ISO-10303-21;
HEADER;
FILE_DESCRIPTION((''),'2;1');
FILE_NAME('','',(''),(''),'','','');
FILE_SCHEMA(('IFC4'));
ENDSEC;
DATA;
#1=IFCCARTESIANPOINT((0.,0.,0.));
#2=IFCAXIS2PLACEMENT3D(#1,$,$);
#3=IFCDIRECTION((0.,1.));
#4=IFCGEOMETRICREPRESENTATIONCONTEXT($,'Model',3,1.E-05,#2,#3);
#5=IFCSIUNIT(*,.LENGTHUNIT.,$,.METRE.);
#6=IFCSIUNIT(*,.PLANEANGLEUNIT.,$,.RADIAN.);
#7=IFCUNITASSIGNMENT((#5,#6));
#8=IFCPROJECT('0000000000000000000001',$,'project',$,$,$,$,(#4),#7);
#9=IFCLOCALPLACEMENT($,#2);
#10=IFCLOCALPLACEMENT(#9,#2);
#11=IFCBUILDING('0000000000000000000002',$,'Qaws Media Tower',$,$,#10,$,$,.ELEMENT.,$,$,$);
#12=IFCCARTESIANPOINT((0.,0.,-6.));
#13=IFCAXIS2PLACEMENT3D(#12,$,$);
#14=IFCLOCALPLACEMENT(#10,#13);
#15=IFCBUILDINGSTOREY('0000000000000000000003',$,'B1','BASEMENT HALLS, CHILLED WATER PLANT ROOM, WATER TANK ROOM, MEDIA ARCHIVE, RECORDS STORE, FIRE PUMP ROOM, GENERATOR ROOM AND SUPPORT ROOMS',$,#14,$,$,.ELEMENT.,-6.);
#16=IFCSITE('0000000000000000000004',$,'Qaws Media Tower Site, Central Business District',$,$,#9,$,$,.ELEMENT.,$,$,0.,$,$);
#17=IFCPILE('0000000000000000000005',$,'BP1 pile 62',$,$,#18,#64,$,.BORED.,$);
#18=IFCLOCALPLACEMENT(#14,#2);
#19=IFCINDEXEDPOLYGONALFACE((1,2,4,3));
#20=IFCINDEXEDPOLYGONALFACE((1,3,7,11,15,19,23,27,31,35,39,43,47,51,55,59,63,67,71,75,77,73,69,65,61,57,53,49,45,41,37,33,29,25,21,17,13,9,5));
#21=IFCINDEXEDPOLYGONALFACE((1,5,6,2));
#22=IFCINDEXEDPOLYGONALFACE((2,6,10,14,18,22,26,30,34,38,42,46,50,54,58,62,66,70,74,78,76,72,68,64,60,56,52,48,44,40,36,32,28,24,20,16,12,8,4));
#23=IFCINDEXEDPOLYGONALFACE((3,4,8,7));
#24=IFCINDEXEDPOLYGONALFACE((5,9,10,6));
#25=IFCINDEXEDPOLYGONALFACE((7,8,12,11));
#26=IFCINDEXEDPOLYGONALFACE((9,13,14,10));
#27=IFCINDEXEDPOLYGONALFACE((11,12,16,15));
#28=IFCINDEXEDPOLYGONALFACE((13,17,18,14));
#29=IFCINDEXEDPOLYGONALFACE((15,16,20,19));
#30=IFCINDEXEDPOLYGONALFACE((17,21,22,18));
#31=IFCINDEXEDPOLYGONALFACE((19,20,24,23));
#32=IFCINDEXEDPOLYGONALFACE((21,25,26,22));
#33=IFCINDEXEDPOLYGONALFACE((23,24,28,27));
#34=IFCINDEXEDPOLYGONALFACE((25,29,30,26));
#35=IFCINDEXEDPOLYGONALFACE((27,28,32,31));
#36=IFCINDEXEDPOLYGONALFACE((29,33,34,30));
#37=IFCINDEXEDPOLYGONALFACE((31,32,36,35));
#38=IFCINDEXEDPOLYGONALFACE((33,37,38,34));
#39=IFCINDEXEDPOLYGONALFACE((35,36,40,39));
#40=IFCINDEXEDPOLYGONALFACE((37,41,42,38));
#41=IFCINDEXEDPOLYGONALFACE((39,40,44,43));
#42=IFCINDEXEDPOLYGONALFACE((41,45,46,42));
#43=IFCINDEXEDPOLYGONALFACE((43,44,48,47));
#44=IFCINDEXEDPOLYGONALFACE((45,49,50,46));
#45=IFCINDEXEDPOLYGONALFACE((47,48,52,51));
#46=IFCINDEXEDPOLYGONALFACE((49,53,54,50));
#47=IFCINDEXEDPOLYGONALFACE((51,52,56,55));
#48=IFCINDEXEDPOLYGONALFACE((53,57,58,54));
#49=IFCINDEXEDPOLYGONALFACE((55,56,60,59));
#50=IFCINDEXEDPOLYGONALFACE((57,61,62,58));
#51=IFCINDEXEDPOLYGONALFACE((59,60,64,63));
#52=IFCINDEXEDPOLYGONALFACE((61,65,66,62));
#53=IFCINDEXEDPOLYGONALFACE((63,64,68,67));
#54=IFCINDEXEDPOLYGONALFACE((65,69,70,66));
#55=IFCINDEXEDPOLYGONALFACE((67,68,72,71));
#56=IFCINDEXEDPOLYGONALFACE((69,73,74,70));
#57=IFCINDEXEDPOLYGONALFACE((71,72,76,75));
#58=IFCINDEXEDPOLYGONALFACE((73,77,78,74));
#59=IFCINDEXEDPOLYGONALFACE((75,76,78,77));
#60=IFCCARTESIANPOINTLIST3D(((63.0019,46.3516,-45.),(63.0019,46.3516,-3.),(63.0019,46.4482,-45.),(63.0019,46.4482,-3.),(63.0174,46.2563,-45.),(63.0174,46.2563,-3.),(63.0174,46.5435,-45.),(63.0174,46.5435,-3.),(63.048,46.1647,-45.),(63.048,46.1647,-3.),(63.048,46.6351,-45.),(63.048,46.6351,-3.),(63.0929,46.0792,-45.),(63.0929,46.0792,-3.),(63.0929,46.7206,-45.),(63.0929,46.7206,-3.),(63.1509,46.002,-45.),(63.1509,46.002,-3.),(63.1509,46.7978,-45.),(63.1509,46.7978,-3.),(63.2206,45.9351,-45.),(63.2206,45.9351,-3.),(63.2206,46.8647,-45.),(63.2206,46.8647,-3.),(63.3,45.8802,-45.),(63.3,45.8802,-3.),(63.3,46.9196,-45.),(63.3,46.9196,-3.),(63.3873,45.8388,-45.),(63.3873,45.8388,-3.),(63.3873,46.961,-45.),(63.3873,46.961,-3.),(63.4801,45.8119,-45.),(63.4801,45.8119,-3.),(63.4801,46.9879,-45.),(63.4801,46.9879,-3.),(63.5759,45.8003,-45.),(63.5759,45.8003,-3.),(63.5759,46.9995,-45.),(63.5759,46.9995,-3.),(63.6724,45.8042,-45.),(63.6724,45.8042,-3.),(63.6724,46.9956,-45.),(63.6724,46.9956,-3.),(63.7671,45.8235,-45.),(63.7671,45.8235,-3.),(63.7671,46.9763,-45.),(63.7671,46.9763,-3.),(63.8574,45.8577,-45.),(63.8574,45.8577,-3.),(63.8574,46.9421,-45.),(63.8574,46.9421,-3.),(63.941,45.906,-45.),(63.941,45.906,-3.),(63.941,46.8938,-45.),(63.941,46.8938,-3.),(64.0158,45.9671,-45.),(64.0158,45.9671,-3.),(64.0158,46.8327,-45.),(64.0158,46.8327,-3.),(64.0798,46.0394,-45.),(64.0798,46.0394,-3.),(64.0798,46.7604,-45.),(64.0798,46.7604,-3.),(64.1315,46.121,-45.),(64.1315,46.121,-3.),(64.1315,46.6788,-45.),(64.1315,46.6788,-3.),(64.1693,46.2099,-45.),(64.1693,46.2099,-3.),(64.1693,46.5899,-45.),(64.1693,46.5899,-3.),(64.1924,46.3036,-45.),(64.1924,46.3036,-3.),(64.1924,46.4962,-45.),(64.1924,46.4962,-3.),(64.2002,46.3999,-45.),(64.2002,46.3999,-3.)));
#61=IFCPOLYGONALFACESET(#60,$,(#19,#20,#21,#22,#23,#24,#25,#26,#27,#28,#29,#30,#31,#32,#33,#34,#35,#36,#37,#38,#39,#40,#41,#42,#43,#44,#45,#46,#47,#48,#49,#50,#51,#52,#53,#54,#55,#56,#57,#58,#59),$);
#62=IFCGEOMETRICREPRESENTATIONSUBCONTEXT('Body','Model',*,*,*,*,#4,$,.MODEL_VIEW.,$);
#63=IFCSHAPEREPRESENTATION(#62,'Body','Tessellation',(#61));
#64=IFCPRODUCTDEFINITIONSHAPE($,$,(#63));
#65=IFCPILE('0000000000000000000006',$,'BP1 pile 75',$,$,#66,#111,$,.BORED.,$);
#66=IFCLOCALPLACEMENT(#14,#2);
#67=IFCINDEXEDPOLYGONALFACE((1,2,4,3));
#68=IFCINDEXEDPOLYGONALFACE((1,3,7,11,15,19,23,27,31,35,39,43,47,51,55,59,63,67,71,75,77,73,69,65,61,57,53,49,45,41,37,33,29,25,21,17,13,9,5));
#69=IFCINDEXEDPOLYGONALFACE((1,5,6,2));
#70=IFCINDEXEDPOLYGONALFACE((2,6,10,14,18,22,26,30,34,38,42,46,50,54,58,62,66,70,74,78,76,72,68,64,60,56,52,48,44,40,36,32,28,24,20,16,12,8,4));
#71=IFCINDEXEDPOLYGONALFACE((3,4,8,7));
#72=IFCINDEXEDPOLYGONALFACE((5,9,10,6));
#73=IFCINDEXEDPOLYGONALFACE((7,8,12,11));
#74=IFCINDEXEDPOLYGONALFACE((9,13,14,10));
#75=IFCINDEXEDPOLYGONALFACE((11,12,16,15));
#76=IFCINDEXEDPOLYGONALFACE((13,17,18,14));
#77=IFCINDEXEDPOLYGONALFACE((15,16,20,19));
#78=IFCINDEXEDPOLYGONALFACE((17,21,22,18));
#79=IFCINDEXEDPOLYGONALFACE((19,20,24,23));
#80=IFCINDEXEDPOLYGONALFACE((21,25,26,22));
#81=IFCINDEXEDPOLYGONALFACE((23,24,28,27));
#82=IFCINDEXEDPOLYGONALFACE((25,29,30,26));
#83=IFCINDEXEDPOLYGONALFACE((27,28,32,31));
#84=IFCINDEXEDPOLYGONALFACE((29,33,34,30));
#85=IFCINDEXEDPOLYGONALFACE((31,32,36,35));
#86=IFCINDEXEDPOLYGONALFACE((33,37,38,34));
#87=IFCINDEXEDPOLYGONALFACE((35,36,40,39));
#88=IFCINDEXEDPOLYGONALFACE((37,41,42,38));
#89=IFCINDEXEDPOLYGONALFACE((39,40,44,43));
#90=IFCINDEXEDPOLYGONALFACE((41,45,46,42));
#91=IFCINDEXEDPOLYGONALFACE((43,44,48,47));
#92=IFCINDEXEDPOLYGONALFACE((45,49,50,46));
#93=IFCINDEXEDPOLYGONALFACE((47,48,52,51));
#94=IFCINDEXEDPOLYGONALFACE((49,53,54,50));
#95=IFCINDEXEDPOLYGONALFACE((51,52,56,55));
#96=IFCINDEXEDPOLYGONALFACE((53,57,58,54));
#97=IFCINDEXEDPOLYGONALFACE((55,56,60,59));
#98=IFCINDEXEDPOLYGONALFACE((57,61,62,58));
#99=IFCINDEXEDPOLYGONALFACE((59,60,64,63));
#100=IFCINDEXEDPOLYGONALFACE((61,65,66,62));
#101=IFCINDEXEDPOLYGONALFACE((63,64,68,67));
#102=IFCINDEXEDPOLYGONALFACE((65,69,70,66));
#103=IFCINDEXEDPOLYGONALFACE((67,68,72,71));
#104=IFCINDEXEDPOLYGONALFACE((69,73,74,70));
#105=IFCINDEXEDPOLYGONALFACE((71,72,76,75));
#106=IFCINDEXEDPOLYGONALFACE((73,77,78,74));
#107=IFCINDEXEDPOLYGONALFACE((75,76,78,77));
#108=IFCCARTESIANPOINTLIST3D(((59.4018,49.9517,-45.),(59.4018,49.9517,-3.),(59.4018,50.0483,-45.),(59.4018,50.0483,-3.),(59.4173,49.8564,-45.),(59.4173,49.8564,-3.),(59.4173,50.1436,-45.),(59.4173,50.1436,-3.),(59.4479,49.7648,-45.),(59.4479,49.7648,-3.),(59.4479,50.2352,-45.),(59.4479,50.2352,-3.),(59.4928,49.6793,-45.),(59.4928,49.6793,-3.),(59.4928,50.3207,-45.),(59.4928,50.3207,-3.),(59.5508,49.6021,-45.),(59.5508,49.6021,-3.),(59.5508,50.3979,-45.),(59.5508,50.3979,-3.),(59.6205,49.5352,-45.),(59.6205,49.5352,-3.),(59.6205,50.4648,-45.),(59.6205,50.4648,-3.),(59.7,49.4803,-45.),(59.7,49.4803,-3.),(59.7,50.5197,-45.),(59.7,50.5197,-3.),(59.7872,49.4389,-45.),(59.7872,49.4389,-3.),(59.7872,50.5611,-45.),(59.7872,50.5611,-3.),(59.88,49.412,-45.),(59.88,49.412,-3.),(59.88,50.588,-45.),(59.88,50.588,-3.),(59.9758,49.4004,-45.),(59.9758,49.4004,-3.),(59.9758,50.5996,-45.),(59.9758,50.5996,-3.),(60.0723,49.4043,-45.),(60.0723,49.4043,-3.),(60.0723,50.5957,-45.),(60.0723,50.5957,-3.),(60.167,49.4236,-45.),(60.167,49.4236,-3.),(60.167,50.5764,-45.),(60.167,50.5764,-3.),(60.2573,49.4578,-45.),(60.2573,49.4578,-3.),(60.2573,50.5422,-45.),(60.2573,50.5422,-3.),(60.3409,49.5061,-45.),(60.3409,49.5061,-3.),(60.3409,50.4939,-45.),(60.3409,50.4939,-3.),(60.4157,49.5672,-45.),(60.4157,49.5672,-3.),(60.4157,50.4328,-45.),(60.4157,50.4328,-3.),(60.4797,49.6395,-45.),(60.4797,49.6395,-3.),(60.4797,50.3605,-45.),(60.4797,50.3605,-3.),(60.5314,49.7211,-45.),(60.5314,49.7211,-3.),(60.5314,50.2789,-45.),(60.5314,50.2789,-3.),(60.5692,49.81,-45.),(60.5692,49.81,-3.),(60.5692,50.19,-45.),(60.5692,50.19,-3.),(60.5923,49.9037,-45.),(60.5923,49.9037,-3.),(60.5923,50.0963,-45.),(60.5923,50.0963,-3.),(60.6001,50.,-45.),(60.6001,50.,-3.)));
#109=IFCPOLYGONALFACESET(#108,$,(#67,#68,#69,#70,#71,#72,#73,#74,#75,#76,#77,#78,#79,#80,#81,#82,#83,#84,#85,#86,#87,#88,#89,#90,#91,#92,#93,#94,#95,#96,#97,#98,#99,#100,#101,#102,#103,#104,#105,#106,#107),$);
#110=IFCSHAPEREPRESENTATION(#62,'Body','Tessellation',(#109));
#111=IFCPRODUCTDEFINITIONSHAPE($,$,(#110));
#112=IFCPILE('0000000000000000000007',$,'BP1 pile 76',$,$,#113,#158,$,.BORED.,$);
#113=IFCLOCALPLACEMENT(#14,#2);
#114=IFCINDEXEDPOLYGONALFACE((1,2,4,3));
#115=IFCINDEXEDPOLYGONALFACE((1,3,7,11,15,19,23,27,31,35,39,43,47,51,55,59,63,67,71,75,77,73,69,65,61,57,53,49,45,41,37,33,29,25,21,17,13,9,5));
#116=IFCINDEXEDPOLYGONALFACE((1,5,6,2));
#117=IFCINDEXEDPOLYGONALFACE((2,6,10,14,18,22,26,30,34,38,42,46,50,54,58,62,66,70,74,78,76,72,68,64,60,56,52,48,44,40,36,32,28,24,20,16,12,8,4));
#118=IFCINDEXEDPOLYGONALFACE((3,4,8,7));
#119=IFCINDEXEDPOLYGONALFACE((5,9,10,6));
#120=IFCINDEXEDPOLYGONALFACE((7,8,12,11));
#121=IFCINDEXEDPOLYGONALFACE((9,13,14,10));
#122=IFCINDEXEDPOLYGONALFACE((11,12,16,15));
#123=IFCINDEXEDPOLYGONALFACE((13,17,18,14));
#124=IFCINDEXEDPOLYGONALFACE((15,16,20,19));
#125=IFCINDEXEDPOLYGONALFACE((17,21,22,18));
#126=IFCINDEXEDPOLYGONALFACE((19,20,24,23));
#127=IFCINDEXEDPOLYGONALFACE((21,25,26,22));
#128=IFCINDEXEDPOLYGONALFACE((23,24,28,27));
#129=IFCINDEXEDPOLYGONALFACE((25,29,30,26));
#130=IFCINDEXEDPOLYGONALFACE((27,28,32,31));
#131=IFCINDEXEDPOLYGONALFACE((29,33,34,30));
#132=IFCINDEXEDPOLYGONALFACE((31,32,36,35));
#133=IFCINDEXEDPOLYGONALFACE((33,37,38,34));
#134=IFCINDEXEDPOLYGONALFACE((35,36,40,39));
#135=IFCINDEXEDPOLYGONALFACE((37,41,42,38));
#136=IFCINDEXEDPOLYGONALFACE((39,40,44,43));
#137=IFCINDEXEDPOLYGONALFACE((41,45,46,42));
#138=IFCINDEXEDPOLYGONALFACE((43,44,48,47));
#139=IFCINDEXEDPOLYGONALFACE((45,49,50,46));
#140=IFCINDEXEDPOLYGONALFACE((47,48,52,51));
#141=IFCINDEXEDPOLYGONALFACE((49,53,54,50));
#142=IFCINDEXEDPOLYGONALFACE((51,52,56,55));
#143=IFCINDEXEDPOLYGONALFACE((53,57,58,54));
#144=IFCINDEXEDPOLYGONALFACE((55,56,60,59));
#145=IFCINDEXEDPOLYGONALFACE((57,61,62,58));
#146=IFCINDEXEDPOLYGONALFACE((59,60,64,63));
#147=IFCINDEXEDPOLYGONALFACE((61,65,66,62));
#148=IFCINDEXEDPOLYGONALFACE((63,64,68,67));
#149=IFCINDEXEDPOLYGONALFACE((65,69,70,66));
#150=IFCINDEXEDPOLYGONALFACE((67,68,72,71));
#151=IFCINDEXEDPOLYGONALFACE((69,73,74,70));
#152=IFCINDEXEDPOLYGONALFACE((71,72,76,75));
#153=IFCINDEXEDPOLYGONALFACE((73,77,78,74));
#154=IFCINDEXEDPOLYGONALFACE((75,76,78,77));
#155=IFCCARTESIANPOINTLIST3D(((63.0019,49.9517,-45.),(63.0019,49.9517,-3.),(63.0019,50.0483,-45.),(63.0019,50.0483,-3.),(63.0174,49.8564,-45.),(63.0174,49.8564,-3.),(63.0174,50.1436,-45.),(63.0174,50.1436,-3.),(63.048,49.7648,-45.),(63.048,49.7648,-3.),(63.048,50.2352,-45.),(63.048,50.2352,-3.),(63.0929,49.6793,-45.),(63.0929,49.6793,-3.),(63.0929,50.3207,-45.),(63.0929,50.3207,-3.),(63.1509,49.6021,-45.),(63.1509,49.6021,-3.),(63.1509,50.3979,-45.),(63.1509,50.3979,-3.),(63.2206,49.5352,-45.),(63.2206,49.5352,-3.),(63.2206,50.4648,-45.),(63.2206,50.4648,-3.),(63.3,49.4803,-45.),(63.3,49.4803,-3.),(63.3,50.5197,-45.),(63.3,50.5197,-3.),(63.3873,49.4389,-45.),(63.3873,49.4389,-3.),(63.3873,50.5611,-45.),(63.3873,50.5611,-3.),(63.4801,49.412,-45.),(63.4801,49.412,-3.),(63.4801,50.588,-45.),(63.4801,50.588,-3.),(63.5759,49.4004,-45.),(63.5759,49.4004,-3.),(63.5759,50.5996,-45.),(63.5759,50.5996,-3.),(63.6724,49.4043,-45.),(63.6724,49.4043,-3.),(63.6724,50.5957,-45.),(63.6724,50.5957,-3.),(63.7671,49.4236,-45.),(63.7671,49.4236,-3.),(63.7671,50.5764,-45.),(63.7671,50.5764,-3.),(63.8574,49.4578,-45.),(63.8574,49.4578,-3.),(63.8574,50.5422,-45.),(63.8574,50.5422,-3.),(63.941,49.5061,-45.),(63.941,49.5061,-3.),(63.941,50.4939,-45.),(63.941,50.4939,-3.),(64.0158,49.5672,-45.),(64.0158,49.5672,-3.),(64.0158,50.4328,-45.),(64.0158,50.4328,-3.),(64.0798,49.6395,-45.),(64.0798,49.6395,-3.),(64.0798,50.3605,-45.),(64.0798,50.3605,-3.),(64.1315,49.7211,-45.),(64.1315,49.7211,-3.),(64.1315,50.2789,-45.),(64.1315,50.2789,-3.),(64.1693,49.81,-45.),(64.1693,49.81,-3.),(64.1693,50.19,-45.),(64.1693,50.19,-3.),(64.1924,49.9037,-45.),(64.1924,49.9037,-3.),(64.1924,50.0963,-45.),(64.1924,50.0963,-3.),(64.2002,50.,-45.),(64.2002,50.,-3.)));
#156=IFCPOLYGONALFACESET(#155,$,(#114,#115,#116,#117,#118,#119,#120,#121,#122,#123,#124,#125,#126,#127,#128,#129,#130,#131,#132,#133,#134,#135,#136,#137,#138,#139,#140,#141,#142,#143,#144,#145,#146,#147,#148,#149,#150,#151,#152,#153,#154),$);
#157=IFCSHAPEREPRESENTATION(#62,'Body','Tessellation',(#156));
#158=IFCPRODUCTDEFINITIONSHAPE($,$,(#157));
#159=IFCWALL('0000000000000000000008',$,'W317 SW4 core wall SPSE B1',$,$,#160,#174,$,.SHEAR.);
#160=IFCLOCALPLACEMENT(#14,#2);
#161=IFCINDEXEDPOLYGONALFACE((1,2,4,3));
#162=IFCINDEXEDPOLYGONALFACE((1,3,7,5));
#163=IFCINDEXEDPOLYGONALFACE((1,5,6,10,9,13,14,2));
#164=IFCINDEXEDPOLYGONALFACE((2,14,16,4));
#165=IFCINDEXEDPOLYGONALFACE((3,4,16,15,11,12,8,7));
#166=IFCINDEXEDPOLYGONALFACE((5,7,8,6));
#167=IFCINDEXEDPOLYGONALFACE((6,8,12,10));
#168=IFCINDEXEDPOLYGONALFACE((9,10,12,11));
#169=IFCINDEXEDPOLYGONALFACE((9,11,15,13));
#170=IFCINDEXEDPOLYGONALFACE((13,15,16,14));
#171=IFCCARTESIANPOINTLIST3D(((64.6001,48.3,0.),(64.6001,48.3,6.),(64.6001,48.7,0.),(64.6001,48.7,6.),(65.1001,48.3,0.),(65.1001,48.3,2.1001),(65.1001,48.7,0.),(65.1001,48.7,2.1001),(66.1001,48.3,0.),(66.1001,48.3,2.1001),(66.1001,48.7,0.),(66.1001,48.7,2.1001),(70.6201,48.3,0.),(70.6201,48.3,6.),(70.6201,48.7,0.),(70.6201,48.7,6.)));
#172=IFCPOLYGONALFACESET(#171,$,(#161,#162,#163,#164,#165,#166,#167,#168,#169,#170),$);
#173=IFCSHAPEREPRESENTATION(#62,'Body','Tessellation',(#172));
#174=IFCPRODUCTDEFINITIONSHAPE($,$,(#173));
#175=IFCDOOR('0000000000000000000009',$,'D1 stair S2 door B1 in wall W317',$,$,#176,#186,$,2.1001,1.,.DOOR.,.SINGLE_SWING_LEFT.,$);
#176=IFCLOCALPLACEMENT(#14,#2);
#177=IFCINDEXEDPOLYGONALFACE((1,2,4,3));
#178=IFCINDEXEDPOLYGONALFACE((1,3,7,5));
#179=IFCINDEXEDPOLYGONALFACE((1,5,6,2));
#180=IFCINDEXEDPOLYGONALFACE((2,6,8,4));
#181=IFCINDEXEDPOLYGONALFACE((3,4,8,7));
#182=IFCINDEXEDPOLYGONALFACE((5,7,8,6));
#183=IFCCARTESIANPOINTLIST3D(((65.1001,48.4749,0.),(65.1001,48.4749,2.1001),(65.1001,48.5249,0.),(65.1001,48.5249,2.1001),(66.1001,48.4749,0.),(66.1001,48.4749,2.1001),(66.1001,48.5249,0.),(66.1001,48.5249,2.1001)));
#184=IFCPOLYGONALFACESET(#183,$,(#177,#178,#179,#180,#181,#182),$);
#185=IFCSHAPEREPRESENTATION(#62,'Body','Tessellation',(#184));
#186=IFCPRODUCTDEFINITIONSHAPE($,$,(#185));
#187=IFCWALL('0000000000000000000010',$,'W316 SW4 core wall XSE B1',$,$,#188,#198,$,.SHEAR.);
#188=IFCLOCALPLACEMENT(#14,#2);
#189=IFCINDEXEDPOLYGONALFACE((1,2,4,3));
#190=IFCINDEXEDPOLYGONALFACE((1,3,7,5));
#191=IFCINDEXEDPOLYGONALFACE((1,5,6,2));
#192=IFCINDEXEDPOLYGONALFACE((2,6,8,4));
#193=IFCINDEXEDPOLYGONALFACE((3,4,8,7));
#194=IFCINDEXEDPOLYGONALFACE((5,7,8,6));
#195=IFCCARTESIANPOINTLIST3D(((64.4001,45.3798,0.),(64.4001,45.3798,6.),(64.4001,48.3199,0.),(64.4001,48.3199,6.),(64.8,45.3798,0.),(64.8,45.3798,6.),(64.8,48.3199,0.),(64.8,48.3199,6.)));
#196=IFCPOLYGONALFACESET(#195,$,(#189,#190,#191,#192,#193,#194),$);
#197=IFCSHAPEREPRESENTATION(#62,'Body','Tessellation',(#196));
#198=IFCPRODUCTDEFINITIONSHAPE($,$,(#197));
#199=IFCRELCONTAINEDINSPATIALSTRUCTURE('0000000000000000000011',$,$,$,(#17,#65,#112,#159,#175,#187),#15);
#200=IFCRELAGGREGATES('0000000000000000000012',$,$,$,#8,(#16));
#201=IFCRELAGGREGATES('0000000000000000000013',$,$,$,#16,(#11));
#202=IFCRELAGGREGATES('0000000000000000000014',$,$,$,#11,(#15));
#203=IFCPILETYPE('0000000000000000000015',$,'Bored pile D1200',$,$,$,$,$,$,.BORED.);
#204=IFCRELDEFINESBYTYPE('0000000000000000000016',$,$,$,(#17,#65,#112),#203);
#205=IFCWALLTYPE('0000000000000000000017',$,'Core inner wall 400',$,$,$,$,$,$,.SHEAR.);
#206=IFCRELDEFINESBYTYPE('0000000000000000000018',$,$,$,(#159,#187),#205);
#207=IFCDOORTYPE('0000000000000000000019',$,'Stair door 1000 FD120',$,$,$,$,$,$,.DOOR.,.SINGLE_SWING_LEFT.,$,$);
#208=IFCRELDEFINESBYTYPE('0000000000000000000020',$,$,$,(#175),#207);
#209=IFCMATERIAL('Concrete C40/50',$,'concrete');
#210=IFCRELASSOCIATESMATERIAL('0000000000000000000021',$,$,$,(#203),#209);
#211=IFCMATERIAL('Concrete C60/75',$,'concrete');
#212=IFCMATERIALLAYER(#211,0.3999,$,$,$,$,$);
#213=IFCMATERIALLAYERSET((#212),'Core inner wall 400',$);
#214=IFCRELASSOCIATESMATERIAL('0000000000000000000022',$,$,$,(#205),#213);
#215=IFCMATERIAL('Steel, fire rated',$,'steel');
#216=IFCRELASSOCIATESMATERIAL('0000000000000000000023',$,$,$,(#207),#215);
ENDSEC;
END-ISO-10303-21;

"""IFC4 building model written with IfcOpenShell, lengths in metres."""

from ifc_helpers import new_model, si_unit, direction, frame, frame_2d, origin, origin_2d, place, context, subcontext, project, spatial, rectangle, circle, extrude, material, layer, layer_set, material_profile, profile_set, type_object, element, fill, save


model = new_model("IFC4")

# Units and contexts
model_context = context("Model", 3, precision=1e-05, world=origin(), true_north=direction((0.0, 1.0)))
body_context = subcontext(model_context, "Body", "Model", "MODEL_VIEW")
ifc_project = project(units=[si_unit("LENGTHUNIT", "METRE"), si_unit("PLANEANGLEUNIT", "RADIAN")], contexts=[model_context])

# Site, building, storey
site_placement = place(None, origin())
site = spatial("IfcSite", under=ifc_project, at=site_placement, Name="Qaws Media Tower Site, Central Business District", CompositionType="ELEMENT", RefElevation=0.0)
building_placement = place(site_placement, origin())
building = spatial("IfcBuilding", under=site, at=building_placement, Name="Qaws Media Tower", CompositionType="ELEMENT")
storey_placement = place(building_placement, frame((0.0, 0.0, -6.0)))
storey = spatial("IfcBuildingStorey", under=building, at=storey_placement, Name="B1", Description="BASEMENT HALLS, CHILLED WATER PLANT ROOM, WATER TANK ROOM, MEDIA ARCHIVE, RECORDS STORE, FIRE PUMP ROOM, GENERATOR ROOM AND SUPPORT ROOMS", CompositionType="ELEMENT", Elevation=-6.0)

# Piles
ifc_material_1 = material(Name="Concrete C40/50", Category="concrete")
ifc_material_profile = material_profile(ifc_material_1, circle(Radius=0.6001, at=origin_2d()), Name="D1200")
ifc_profile_set = profile_set([ifc_material_profile], Name="Concrete C40/50")
pile_type = type_object("IfcPileType", Name="Bored pile D1200", PredefinedType="BORED", material=ifc_profile_set)
for number, where, z_axis, x_axis, name in (
    (1, (63.6001, 46.3999, -3.0), (0.0, 0.0, -1.0), (1.0, 0.0, 0.0), "BP1 pile 62"),
    (2, (60.0, 50.0, -3.0), (0.0, 0.0, -1.0), (1.0, 0.0, 0.0), "BP1 pile 75"),
    (3, (63.6001, 50.0, -3.0), (0.0, 0.0, -1.0), (1.0, 0.0, 0.0), "BP1 pile 76"),
):
    element("IfcPile", number, at=place(storey_placement, frame(where, z_axis=z_axis, x_axis=x_axis)), inside=storey, type_object=pile_type, Name=name, PredefinedType="BORED", context=body_context, shape_type="SweptSolid", body=[
        extrude(circle(Radius=0.6001, at=origin_2d()), origin(), (0.0, 0.0, 1.0), 42.0),
    ])

# Wall, opening, door
ifc_material_2 = material(Name="Concrete C60/75", Category="concrete")
ifc_layer_1 = layer(ifc_material_2, 0.3999)
ifc_layer_set_1 = layer_set([ifc_layer_1], Name="Core inner wall 400")
wall_type_1 = type_object("IfcWallType", Name="Core inner wall 400", PredefinedType="SHEAR", material=ifc_layer_set_1)
wall_1_placement = place(storey_placement, frame((64.6001, 48.5, 0.0), z_axis=(0.0, 0.0, 1.0), x_axis=(1.0, 0.0, 0.0)))
wall_1 = element("IfcWall", 4, at=wall_1_placement, inside=storey, type_object=wall_type_1, Name="W317 SW4 core wall SPSE B1", PredefinedType="SHEAR", context=body_context, shape_type="SweptSolid", body=[
    extrude(rectangle(XDim=6.02, YDim=0.3999, at=frame_2d((3.01, 0.0))), origin(), (0.0, 0.0, 1.0), 6.0),
])
opening_placement = place(wall_1_placement, frame((0.5, 0.0, 0.0)))
opening = element("IfcOpeningElement", 5, at=opening_placement, cuts=wall_1, PredefinedType="OPENING", context=body_context, shape_type="SweptSolid", body=[
    extrude(rectangle(XDim=1.0, YDim=2.1001, at=frame_2d((0.5, 1.05))), frame((0.0, 0.21, 0.0), z_axis=(0.0, -1.0, 0.0), x_axis=(1.0, 0.0, 0.0)), (0.0, 0.0, 1.0), 0.4199),
])
ifc_material_3 = material(Name="Steel, fire rated", Category="steel")
door_type = type_object("IfcDoorType", Name="Stair door 1000 FD120", OperationType="SINGLE_SWING_LEFT", PredefinedType="DOOR", material=ifc_material_3)
door_placement = place(opening_placement, origin())
door = element("IfcDoor", 6, at=door_placement, inside=storey, type_object=door_type, Name="D1 stair S2 door B1 in wall W317", OperationType="SINGLE_SWING_LEFT", OverallHeight=2.1001, OverallWidth=1.0, PredefinedType="DOOR", context=body_context, shape_type="SweptSolid", body=[
    extrude(rectangle(XDim=1.0, YDim=2.1001, at=frame_2d((0.5, 1.05))), frame((0.0, 0.0249, 0.0), z_axis=(0.0, -1.0, 0.0), x_axis=(1.0, 0.0, 0.0)), (0.0, 0.0, 1.0), 0.05),
])
fill(opening, door)

# Wall
wall_2_placement = place(storey_placement, frame((64.6001, 48.3201, 0.0), z_axis=(0.0, 0.0, 1.0), x_axis=(0.0, -1.0, 0.0)))
element("IfcWall", 7, at=wall_2_placement, inside=storey, type_object=wall_type_1, Name="W316 SW4 core wall XSE B1", PredefinedType="SHEAR", context=body_context, shape_type="SweptSolid", body=[
    extrude(rectangle(XDim=2.9402, YDim=0.3999, at=frame_2d((1.4702, 0.0))), origin(), (0.0, 0.0, 1.0), 6.0),
])

save(model, "model.ifc")
